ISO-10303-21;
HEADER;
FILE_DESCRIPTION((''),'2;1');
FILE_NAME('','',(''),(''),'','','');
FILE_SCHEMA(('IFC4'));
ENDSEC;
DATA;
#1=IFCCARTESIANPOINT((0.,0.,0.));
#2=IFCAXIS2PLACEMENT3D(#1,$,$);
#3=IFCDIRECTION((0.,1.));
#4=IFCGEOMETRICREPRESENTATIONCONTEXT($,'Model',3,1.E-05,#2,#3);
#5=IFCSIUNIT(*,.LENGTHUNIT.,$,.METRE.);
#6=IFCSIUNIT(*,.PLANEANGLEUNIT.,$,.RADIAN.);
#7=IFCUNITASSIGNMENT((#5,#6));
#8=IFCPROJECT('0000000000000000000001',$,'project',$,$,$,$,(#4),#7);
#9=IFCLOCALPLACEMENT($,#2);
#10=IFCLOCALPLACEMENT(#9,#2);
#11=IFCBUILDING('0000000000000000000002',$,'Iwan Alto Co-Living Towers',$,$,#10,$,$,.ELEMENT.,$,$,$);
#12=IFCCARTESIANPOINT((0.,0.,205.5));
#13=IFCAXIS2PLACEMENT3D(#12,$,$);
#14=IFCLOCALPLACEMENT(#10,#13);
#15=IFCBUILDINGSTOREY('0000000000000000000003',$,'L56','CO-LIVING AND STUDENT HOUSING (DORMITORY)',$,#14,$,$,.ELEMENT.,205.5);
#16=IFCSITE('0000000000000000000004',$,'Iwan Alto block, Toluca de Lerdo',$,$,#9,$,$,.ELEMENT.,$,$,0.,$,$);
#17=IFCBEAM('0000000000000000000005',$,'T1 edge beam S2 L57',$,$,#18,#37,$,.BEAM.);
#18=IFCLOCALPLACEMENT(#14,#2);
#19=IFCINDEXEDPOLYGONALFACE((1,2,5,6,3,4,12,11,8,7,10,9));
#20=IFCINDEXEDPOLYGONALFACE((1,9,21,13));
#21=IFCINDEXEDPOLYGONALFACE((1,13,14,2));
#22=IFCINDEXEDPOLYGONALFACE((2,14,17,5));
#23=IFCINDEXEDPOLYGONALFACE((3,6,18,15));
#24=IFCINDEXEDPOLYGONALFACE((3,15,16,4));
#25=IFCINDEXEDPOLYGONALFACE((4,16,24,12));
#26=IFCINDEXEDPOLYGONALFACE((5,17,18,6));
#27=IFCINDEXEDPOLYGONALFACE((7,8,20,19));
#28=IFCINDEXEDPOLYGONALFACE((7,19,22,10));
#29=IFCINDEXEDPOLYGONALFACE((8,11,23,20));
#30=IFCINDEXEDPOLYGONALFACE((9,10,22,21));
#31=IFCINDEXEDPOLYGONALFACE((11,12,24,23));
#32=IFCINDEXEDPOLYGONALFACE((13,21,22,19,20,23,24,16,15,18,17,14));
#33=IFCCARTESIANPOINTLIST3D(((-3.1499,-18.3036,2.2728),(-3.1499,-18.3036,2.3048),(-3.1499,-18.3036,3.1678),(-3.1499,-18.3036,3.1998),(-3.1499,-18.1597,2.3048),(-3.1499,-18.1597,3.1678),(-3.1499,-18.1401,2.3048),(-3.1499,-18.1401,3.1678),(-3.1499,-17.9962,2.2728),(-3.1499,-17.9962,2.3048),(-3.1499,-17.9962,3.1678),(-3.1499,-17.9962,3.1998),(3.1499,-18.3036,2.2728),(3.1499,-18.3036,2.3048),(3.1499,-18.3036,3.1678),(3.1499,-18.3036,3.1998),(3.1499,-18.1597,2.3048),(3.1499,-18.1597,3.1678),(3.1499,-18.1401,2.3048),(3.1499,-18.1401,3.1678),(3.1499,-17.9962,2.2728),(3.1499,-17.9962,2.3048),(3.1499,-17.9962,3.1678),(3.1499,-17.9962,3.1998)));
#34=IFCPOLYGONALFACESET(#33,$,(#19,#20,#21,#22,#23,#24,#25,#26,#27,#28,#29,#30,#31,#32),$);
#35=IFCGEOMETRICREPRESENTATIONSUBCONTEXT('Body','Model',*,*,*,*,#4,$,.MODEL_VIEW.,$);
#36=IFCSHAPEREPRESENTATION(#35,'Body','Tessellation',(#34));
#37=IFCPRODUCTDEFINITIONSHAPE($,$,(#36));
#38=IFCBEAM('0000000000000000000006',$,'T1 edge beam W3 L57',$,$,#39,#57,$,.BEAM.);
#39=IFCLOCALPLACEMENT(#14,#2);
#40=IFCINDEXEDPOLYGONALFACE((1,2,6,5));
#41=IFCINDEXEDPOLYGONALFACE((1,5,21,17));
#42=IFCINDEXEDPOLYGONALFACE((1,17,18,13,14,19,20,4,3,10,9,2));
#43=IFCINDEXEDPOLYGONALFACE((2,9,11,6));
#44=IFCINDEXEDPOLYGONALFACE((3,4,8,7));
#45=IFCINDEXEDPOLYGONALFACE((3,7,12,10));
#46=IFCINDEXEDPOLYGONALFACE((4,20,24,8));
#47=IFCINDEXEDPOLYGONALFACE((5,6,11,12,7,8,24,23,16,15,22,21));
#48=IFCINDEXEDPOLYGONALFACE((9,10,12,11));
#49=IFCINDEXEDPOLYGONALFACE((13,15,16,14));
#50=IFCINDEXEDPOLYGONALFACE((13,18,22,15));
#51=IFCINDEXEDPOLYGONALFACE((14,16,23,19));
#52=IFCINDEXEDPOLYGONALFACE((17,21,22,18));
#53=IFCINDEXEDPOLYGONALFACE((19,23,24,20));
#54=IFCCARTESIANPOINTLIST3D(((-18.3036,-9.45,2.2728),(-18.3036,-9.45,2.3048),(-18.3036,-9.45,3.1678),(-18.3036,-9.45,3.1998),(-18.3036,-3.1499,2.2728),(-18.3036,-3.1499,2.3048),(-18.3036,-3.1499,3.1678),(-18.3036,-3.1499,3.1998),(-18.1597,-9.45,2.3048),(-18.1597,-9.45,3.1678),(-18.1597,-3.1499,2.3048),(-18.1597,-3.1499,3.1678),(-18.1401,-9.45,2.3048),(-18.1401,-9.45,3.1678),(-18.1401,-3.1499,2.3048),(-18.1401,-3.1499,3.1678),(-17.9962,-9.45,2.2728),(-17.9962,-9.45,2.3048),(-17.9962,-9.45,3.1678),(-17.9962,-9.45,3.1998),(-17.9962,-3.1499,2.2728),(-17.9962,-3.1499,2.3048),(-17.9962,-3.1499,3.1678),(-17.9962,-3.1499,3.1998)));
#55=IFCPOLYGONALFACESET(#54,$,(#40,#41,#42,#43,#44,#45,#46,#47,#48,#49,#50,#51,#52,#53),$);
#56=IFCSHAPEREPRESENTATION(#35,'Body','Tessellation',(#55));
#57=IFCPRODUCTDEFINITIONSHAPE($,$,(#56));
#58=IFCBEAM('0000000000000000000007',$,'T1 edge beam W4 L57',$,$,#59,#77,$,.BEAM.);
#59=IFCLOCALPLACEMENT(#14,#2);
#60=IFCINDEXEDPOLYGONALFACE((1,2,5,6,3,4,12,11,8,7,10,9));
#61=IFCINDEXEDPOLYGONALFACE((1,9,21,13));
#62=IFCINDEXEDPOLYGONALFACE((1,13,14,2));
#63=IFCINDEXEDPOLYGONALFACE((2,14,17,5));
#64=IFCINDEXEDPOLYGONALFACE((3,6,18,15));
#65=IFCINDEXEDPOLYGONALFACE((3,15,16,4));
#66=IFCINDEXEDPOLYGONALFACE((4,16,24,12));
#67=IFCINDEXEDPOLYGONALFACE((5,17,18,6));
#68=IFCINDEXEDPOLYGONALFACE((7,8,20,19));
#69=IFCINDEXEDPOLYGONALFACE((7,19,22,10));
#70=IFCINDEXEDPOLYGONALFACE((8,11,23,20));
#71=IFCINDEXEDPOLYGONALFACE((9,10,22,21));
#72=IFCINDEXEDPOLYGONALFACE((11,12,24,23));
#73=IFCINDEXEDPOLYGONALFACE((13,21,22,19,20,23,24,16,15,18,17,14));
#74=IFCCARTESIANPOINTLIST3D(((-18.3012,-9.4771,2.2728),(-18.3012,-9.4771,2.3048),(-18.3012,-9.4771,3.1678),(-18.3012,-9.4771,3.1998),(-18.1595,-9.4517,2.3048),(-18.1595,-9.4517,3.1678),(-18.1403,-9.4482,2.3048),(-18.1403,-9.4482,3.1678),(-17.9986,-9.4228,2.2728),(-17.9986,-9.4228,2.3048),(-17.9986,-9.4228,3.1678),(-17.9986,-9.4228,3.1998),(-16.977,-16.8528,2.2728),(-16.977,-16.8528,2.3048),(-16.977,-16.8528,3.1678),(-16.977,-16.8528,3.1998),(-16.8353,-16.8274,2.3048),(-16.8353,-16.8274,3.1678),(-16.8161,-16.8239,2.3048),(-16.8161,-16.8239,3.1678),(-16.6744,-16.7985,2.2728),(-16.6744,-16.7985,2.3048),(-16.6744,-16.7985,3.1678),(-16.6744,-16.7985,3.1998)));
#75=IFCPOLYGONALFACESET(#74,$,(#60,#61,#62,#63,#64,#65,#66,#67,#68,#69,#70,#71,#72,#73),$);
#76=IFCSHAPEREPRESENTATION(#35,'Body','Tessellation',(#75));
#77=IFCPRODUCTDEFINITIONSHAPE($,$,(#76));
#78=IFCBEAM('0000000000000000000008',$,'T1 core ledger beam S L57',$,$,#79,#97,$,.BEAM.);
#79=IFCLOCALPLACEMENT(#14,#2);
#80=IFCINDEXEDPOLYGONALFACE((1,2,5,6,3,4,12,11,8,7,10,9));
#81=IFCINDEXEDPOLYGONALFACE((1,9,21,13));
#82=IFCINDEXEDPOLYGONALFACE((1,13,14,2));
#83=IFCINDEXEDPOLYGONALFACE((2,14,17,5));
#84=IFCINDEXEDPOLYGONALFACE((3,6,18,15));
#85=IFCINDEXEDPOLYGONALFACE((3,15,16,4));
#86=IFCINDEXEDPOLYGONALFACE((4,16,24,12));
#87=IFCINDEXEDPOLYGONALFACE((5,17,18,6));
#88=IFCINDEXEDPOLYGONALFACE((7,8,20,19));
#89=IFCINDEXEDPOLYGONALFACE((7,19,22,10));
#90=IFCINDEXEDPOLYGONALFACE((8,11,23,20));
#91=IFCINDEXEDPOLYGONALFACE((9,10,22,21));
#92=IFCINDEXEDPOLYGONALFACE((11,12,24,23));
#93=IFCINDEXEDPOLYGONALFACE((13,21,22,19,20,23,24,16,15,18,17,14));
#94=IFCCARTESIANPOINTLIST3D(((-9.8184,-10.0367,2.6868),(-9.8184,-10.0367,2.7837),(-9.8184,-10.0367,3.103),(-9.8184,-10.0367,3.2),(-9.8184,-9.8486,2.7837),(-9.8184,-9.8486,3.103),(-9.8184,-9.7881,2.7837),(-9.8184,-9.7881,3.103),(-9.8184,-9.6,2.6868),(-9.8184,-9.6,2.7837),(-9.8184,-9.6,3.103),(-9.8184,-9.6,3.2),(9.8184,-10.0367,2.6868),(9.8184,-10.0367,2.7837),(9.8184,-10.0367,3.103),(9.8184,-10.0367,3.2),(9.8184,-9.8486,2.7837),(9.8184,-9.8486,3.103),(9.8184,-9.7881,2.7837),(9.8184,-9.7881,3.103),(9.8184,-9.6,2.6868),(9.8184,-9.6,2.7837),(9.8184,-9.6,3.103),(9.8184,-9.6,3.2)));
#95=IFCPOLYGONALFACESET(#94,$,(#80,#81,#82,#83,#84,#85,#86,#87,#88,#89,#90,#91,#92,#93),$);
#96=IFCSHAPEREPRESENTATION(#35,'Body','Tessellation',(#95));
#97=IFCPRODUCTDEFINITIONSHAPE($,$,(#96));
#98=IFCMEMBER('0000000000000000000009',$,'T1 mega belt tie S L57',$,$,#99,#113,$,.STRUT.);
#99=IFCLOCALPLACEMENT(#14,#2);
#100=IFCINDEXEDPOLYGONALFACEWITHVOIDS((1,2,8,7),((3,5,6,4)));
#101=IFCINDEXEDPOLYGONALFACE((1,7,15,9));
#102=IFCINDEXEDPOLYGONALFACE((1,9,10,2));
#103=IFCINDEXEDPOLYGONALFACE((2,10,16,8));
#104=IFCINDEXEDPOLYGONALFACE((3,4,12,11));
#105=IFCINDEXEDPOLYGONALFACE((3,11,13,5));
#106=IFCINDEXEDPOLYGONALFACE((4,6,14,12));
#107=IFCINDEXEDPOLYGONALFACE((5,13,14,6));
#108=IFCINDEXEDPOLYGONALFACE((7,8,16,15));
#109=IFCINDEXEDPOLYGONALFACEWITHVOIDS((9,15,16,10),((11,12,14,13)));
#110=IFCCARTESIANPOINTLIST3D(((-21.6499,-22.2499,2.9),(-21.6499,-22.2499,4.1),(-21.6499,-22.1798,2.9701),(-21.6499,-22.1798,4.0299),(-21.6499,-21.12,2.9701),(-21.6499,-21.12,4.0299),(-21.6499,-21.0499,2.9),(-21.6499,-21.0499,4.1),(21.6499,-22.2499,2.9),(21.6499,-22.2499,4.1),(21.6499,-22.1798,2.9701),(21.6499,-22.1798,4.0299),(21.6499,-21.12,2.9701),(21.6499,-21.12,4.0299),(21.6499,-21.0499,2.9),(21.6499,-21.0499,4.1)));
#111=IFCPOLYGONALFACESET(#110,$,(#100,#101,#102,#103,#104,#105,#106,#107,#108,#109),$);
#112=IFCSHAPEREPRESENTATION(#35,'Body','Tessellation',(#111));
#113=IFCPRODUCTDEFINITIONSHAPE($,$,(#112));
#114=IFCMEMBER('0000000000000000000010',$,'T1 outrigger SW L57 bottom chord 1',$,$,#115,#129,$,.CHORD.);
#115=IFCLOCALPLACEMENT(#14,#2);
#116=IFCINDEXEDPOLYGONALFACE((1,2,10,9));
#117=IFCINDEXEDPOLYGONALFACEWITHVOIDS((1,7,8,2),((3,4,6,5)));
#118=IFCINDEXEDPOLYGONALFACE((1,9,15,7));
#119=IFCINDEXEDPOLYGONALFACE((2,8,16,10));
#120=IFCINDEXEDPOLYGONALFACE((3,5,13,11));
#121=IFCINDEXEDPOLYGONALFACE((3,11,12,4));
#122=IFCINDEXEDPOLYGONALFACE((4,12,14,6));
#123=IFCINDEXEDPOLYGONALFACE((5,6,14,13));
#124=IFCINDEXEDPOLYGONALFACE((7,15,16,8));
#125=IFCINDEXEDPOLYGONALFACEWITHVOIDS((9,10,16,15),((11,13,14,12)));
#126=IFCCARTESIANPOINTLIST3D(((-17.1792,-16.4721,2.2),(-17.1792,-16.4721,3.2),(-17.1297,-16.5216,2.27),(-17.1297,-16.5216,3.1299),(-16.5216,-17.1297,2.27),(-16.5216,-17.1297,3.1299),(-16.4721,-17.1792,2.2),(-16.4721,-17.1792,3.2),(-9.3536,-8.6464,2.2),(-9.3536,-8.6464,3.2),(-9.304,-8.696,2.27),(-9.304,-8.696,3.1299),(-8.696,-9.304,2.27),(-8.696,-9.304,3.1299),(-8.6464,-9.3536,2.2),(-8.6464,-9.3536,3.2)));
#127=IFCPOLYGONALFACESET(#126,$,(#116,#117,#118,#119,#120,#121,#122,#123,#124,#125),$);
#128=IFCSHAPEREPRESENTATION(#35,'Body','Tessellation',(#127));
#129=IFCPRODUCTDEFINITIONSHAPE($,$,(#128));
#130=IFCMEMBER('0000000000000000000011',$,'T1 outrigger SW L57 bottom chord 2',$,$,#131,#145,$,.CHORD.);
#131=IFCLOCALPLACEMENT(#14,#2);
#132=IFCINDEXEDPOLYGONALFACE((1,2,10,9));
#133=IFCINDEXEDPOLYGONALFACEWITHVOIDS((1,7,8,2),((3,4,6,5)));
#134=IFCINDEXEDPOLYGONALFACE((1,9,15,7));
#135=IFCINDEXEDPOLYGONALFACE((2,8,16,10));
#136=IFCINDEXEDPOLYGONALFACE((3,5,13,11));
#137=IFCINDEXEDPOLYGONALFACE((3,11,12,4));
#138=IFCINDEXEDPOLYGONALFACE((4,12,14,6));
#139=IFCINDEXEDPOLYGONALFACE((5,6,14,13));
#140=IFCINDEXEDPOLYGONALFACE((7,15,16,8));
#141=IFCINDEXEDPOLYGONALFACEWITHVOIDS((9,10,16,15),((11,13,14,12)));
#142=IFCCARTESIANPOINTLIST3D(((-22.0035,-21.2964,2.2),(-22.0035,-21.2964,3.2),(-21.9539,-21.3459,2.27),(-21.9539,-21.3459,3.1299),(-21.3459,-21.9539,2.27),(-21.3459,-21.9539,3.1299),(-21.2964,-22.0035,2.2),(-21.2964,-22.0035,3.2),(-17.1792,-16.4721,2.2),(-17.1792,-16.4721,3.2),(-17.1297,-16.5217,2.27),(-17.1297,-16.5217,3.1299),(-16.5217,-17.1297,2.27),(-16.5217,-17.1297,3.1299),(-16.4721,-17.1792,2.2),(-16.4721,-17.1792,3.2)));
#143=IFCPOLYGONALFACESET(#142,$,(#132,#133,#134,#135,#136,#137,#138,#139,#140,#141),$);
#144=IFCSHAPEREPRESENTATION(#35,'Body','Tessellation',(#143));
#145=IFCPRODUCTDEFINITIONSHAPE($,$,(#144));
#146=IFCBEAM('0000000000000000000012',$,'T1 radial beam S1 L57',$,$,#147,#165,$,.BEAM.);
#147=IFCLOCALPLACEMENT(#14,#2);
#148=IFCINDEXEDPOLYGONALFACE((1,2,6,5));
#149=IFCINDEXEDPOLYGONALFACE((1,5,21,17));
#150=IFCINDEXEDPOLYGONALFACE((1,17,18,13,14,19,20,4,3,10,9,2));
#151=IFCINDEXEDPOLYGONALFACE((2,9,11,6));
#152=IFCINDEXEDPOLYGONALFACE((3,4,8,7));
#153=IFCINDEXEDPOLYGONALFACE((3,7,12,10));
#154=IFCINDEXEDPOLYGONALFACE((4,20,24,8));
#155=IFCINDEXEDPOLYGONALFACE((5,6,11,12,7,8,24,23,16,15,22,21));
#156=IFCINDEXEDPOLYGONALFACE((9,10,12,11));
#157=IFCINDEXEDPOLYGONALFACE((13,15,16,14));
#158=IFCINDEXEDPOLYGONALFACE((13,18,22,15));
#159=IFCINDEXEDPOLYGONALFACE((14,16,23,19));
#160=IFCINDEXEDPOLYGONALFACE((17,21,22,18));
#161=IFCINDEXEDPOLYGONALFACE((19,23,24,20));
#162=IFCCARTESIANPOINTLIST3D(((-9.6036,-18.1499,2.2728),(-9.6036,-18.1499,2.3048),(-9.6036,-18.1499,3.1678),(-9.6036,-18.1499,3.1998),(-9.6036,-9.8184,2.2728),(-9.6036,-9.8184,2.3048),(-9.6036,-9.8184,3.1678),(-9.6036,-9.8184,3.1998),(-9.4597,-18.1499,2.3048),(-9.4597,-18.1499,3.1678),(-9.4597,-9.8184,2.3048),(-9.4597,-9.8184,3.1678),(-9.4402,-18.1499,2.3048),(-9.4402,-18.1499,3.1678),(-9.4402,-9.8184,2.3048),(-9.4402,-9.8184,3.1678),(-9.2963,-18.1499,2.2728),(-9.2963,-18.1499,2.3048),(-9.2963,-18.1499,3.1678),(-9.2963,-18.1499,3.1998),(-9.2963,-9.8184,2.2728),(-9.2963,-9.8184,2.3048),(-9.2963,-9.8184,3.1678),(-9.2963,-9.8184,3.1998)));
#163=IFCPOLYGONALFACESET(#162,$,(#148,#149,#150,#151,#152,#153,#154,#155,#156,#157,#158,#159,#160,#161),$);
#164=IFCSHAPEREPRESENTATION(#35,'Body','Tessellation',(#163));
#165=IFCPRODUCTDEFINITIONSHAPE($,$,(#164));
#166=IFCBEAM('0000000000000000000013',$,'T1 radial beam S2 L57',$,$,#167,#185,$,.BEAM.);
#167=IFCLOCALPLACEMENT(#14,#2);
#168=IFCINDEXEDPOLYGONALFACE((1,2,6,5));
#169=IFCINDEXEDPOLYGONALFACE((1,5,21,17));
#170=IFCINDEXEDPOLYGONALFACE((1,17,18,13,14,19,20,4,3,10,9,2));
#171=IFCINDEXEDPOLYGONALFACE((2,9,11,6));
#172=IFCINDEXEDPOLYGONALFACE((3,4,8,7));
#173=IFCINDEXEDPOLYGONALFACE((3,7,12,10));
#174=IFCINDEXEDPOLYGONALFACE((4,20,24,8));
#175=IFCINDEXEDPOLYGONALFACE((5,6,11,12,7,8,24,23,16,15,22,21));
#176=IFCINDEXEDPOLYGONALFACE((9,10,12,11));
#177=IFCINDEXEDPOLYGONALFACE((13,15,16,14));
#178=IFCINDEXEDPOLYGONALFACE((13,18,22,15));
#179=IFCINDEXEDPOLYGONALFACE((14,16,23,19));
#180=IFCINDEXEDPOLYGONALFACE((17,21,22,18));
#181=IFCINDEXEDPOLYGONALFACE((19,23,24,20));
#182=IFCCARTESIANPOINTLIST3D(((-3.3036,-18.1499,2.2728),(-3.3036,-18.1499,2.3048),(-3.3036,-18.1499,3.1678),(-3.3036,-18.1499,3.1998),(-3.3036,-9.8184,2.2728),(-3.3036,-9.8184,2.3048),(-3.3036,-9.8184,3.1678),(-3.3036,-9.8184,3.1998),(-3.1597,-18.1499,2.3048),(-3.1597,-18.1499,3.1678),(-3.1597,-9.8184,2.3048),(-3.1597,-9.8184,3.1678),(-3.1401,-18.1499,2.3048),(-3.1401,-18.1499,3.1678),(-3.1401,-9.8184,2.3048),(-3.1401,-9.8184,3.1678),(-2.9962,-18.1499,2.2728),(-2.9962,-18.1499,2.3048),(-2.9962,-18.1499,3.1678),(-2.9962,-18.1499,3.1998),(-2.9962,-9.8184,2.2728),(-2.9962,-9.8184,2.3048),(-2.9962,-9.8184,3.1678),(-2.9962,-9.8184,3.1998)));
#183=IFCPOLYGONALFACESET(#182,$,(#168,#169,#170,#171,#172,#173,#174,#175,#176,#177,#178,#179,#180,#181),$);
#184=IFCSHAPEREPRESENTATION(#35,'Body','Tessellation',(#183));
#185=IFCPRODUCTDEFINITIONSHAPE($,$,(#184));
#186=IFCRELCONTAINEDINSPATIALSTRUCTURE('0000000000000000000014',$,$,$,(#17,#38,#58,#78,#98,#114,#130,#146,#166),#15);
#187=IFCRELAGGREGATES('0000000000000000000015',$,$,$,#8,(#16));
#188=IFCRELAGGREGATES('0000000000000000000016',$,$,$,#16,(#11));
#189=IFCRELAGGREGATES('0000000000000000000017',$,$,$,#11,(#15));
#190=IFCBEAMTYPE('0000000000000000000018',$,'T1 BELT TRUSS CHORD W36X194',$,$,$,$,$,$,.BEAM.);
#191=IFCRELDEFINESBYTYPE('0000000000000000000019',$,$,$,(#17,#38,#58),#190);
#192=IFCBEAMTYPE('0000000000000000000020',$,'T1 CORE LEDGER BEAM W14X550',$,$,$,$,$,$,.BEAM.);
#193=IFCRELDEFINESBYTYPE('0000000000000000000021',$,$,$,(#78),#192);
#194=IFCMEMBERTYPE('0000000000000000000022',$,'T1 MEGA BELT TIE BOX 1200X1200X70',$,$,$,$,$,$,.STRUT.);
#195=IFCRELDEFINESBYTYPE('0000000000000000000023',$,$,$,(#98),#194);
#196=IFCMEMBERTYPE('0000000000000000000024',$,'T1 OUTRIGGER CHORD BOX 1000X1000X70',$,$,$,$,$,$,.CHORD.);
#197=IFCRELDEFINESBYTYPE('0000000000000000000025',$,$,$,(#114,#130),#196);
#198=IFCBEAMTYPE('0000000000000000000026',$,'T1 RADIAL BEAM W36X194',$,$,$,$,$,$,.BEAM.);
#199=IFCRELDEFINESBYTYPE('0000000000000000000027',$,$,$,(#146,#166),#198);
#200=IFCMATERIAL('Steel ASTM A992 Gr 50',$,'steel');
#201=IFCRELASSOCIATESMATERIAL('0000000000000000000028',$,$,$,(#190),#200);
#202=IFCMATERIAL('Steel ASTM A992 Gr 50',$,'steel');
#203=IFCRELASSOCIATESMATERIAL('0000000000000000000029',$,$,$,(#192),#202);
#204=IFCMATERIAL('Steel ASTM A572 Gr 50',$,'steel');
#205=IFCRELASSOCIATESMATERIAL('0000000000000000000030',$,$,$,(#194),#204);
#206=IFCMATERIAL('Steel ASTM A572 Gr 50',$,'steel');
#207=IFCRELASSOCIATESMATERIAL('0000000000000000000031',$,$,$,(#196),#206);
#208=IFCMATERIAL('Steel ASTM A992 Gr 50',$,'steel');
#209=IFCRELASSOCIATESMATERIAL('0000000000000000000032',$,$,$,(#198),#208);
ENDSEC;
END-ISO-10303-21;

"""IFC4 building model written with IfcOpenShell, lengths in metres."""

from ifc_helpers import new_model, si_unit, direction, frame, origin, origin_2d, place, context, subcontext, project, spatial, hollow_rectangle, i_section, extrude, material, material_profile, profile_set, type_object, element, save


model = new_model("IFC4")

# Units and contexts
model_context = context("Model", 3, precision=1e-05, world=origin(), true_north=direction((0.0, 1.0)))
body_context = subcontext(model_context, "Body", "Model", "MODEL_VIEW")
ifc_project = project(units=[si_unit("LENGTHUNIT", "METRE"), si_unit("PLANEANGLEUNIT", "RADIAN")], contexts=[model_context])

# Site, building, storey
site_placement = place(None, origin())
site = spatial("IfcSite", under=ifc_project, at=site_placement, Name="Iwan Alto block, Toluca de Lerdo", CompositionType="ELEMENT", RefElevation=0.0)
building_placement = place(site_placement, origin())
building = spatial("IfcBuilding", under=site, at=building_placement, Name="Iwan Alto Co-Living Towers", CompositionType="ELEMENT")
storey_placement = place(building_placement, frame((0.0, 0.0, 205.5)))
storey = spatial("IfcBuildingStorey", under=building, at=storey_placement, Name="L56", Description="CO-LIVING AND STUDENT HOUSING (DORMITORY)", CompositionType="ELEMENT", Elevation=205.5)

# Beams
ifc_material_1 = material(Name="Steel ASTM A992 Gr 50", Category="steel")
ifc_material_profile_1 = material_profile(ifc_material_1, i_section(OverallWidth=0.3074, OverallDepth=0.927, WebThickness=0.0195, FlangeThickness=0.032, at=origin_2d()), Name="W36X194")
ifc_profile_set_1 = profile_set([ifc_material_profile_1], Name="Steel ASTM A992 Gr 50")
beam_type_1 = type_object("IfcBeamType", Name="T1 BELT TRUSS CHORD W36X194", PredefinedType="BEAM", material=ifc_profile_set_1)
beam_1_placement = place(storey_placement, frame((-3.1499, -18.1499, 2.7363), z_axis=(1.0, 0.0, 0.0), x_axis=(0.0, 1.0, 0.0)))
element("IfcBeam", 1, at=beam_1_placement, inside=storey, type_object=beam_type_1, Name="T1 edge beam S2 L57", PredefinedType="BEAM", context=body_context, shape_type="SweptSolid", body=[
    extrude(i_section(OverallWidth=0.3074, OverallDepth=0.927, WebThickness=0.0195, FlangeThickness=0.032, at=origin_2d()), origin(), (0.0, 0.0, 1.0), 6.2998),
])
beam_2_placement = place(storey_placement, frame((-18.1499, -3.1499, 2.7363), z_axis=(0.0, -1.0, 0.0), x_axis=(1.0, 0.0, 0.0)))
element("IfcBeam", 2, at=beam_2_placement, inside=storey, type_object=beam_type_1, Name="T1 edge beam W3 L57", PredefinedType="BEAM", context=body_context, shape_type="SweptSolid", body=[
    extrude(i_section(OverallWidth=0.3074, OverallDepth=0.927, WebThickness=0.0195, FlangeThickness=0.032, at=origin_2d()), origin(), (0.0, 0.0, 1.0), 6.3),
])
beam_3_placement = place(storey_placement, frame((-18.1499, -9.45, 2.7363), z_axis=(0.176712, -0.984263, 0.0), x_axis=(0.984263, 0.176712, 0.0)))
element("IfcBeam", 3, at=beam_3_placement, inside=storey, type_object=beam_type_1, Name="T1 edge beam W4 L57", PredefinedType="BEAM", context=body_context, shape_type="SweptSolid", body=[
    extrude(i_section(OverallWidth=0.3074, OverallDepth=0.927, WebThickness=0.0195, FlangeThickness=0.032, at=origin_2d()), origin(), (0.0, 0.0, 1.0), 7.4937),
])
ifc_material_2 = material(Name="Steel ASTM A992 Gr 50", Category="steel")
ifc_material_profile_2 = material_profile(ifc_material_2, i_section(OverallWidth=0.4368, OverallDepth=0.5132, WebThickness=0.0605, FlangeThickness=0.0969, at=origin_2d()), Name="W14X550")
ifc_profile_set_2 = profile_set([ifc_material_profile_2], Name="Steel ASTM A992 Gr 50")
beam_type_2 = type_object("IfcBeamType", Name="T1 CORE LEDGER BEAM W14X550", PredefinedType="BEAM", material=ifc_profile_set_2)
beam_4_placement = place(storey_placement, frame((-9.8184, -9.8184, 2.9434), z_axis=(1.0, 0.0, 0.0), x_axis=(0.0, 1.0, 0.0)))
element("IfcBeam", 4, at=beam_4_placement, inside=storey, type_object=beam_type_2, Name="T1 core ledger beam S L57", PredefinedType="BEAM", context=body_context, shape_type="SweptSolid", body=[
    extrude(i_section(OverallWidth=0.4368, OverallDepth=0.5132, WebThickness=0.0605, FlangeThickness=0.0969, at=origin_2d()), origin(), (0.0, 0.0, 1.0), 19.6367),
])

# Members
ifc_material_3 = material(Name="Steel ASTM A572 Gr 50", Category="steel")
ifc_material_profile_3 = material_profile(ifc_material_3, hollow_rectangle(XDim=1.2, YDim=1.2, WallThickness=0.0701, at=origin_2d()), Name="BOX 1200X1200X70")
ifc_profile_set_3 = profile_set([ifc_material_profile_3], Name="Steel ASTM A572 Gr 50")
member_type_1 = type_object("IfcMemberType", Name="T1 MEGA BELT TIE BOX 1200X1200X70", PredefinedType="STRUT", material=ifc_profile_set_3)
member_1_placement = place(storey_placement, frame((-21.6499, -21.6499, 3.5), z_axis=(1.0, 0.0, 0.0), x_axis=(0.0, 1.0, 0.0)))
element("IfcMember", 5, at=member_1_placement, inside=storey, type_object=member_type_1, Name="T1 mega belt tie S L57", PredefinedType="STRUT", context=body_context, shape_type="SweptSolid", body=[
    extrude(hollow_rectangle(XDim=1.2, YDim=1.2, WallThickness=0.0701, at=origin_2d()), origin(), (0.0, 0.0, 1.0), 43.2998),
])
ifc_material_4 = material(Name="Steel ASTM A572 Gr 50", Category="steel")
ifc_material_profile_4 = material_profile(ifc_material_4, hollow_rectangle(XDim=1.0, YDim=1.0, WallThickness=0.0701, at=origin_2d()), Name="BOX 1000X1000X70")
ifc_profile_set_4 = profile_set([ifc_material_profile_4], Name="Steel ASTM A572 Gr 50")
member_type_2 = type_object("IfcMemberType", Name="T1 OUTRIGGER CHORD BOX 1000X1000X70", PredefinedType="CHORD", material=ifc_profile_set_4)
member_2_placement = place(storey_placement, frame((-9.0, -9.0, 2.7), z_axis=(-0.707107, -0.707107, 0.0), x_axis=(0.707107, -0.707107, 0.0)))
element("IfcMember", 6, at=member_2_placement, inside=storey, type_object=member_type_2, Name="T1 outrigger SW L57 bottom chord 1", PredefinedType="CHORD", context=body_context, shape_type="SweptSolid", body=[
    extrude(hollow_rectangle(XDim=1.0, YDim=1.0, WallThickness=0.0701, at=origin_2d()), origin(), (0.0, 0.0, 1.0), 11.0671),
])
member_3_placement = place(storey_placement, frame((-16.8257, -16.8257, 2.7), z_axis=(-0.707107, -0.707107, 0.0), x_axis=(0.707107, -0.707107, 0.0)))
element("IfcMember", 7, at=member_3_placement, inside=storey, type_object=member_type_2, Name="T1 outrigger SW L57 bottom chord 2", PredefinedType="CHORD", context=body_context, shape_type="SweptSolid", body=[
    extrude(hollow_rectangle(XDim=1.0, YDim=1.0, WallThickness=0.0701, at=origin_2d()), origin(), (0.0, 0.0, 1.0), 6.8225),
])

# Beams
ifc_material_5 = material(Name="Steel ASTM A992 Gr 50", Category="steel")
ifc_material_profile_5 = material_profile(ifc_material_5, i_section(OverallWidth=0.3074, OverallDepth=0.927, WebThickness=0.0195, FlangeThickness=0.032, at=origin_2d()), Name="W36X194")
ifc_profile_set_5 = profile_set([ifc_material_profile_5], Name="Steel ASTM A992 Gr 50")
beam_type_3 = type_object("IfcBeamType", Name="T1 RADIAL BEAM W36X194", PredefinedType="BEAM", material=ifc_profile_set_5)
for number, where, z_axis, x_axis, name in (
    (8, (-9.45, -18.1499, 2.7363), (0.0, 1.0, 0.0), (-1.0, 0.0, 0.0), "T1 radial beam S1 L57"),
    (9, (-3.1499, -18.1499, 2.7363), (0.0, 1.0, 0.0), (-1.0, 0.0, 0.0), "T1 radial beam S2 L57"),
):
    element("IfcBeam", number, at=place(storey_placement, frame(where, z_axis=z_axis, x_axis=x_axis)), inside=storey, type_object=beam_type_3, Name=name, PredefinedType="BEAM", context=body_context, shape_type="SweptSolid", body=[
        extrude(i_section(OverallWidth=0.3074, OverallDepth=0.927, WebThickness=0.0195, FlangeThickness=0.032, at=origin_2d()), origin(), (0.0, 0.0, 1.0), 8.3315),
    ])

save(model, "model.ifc")
